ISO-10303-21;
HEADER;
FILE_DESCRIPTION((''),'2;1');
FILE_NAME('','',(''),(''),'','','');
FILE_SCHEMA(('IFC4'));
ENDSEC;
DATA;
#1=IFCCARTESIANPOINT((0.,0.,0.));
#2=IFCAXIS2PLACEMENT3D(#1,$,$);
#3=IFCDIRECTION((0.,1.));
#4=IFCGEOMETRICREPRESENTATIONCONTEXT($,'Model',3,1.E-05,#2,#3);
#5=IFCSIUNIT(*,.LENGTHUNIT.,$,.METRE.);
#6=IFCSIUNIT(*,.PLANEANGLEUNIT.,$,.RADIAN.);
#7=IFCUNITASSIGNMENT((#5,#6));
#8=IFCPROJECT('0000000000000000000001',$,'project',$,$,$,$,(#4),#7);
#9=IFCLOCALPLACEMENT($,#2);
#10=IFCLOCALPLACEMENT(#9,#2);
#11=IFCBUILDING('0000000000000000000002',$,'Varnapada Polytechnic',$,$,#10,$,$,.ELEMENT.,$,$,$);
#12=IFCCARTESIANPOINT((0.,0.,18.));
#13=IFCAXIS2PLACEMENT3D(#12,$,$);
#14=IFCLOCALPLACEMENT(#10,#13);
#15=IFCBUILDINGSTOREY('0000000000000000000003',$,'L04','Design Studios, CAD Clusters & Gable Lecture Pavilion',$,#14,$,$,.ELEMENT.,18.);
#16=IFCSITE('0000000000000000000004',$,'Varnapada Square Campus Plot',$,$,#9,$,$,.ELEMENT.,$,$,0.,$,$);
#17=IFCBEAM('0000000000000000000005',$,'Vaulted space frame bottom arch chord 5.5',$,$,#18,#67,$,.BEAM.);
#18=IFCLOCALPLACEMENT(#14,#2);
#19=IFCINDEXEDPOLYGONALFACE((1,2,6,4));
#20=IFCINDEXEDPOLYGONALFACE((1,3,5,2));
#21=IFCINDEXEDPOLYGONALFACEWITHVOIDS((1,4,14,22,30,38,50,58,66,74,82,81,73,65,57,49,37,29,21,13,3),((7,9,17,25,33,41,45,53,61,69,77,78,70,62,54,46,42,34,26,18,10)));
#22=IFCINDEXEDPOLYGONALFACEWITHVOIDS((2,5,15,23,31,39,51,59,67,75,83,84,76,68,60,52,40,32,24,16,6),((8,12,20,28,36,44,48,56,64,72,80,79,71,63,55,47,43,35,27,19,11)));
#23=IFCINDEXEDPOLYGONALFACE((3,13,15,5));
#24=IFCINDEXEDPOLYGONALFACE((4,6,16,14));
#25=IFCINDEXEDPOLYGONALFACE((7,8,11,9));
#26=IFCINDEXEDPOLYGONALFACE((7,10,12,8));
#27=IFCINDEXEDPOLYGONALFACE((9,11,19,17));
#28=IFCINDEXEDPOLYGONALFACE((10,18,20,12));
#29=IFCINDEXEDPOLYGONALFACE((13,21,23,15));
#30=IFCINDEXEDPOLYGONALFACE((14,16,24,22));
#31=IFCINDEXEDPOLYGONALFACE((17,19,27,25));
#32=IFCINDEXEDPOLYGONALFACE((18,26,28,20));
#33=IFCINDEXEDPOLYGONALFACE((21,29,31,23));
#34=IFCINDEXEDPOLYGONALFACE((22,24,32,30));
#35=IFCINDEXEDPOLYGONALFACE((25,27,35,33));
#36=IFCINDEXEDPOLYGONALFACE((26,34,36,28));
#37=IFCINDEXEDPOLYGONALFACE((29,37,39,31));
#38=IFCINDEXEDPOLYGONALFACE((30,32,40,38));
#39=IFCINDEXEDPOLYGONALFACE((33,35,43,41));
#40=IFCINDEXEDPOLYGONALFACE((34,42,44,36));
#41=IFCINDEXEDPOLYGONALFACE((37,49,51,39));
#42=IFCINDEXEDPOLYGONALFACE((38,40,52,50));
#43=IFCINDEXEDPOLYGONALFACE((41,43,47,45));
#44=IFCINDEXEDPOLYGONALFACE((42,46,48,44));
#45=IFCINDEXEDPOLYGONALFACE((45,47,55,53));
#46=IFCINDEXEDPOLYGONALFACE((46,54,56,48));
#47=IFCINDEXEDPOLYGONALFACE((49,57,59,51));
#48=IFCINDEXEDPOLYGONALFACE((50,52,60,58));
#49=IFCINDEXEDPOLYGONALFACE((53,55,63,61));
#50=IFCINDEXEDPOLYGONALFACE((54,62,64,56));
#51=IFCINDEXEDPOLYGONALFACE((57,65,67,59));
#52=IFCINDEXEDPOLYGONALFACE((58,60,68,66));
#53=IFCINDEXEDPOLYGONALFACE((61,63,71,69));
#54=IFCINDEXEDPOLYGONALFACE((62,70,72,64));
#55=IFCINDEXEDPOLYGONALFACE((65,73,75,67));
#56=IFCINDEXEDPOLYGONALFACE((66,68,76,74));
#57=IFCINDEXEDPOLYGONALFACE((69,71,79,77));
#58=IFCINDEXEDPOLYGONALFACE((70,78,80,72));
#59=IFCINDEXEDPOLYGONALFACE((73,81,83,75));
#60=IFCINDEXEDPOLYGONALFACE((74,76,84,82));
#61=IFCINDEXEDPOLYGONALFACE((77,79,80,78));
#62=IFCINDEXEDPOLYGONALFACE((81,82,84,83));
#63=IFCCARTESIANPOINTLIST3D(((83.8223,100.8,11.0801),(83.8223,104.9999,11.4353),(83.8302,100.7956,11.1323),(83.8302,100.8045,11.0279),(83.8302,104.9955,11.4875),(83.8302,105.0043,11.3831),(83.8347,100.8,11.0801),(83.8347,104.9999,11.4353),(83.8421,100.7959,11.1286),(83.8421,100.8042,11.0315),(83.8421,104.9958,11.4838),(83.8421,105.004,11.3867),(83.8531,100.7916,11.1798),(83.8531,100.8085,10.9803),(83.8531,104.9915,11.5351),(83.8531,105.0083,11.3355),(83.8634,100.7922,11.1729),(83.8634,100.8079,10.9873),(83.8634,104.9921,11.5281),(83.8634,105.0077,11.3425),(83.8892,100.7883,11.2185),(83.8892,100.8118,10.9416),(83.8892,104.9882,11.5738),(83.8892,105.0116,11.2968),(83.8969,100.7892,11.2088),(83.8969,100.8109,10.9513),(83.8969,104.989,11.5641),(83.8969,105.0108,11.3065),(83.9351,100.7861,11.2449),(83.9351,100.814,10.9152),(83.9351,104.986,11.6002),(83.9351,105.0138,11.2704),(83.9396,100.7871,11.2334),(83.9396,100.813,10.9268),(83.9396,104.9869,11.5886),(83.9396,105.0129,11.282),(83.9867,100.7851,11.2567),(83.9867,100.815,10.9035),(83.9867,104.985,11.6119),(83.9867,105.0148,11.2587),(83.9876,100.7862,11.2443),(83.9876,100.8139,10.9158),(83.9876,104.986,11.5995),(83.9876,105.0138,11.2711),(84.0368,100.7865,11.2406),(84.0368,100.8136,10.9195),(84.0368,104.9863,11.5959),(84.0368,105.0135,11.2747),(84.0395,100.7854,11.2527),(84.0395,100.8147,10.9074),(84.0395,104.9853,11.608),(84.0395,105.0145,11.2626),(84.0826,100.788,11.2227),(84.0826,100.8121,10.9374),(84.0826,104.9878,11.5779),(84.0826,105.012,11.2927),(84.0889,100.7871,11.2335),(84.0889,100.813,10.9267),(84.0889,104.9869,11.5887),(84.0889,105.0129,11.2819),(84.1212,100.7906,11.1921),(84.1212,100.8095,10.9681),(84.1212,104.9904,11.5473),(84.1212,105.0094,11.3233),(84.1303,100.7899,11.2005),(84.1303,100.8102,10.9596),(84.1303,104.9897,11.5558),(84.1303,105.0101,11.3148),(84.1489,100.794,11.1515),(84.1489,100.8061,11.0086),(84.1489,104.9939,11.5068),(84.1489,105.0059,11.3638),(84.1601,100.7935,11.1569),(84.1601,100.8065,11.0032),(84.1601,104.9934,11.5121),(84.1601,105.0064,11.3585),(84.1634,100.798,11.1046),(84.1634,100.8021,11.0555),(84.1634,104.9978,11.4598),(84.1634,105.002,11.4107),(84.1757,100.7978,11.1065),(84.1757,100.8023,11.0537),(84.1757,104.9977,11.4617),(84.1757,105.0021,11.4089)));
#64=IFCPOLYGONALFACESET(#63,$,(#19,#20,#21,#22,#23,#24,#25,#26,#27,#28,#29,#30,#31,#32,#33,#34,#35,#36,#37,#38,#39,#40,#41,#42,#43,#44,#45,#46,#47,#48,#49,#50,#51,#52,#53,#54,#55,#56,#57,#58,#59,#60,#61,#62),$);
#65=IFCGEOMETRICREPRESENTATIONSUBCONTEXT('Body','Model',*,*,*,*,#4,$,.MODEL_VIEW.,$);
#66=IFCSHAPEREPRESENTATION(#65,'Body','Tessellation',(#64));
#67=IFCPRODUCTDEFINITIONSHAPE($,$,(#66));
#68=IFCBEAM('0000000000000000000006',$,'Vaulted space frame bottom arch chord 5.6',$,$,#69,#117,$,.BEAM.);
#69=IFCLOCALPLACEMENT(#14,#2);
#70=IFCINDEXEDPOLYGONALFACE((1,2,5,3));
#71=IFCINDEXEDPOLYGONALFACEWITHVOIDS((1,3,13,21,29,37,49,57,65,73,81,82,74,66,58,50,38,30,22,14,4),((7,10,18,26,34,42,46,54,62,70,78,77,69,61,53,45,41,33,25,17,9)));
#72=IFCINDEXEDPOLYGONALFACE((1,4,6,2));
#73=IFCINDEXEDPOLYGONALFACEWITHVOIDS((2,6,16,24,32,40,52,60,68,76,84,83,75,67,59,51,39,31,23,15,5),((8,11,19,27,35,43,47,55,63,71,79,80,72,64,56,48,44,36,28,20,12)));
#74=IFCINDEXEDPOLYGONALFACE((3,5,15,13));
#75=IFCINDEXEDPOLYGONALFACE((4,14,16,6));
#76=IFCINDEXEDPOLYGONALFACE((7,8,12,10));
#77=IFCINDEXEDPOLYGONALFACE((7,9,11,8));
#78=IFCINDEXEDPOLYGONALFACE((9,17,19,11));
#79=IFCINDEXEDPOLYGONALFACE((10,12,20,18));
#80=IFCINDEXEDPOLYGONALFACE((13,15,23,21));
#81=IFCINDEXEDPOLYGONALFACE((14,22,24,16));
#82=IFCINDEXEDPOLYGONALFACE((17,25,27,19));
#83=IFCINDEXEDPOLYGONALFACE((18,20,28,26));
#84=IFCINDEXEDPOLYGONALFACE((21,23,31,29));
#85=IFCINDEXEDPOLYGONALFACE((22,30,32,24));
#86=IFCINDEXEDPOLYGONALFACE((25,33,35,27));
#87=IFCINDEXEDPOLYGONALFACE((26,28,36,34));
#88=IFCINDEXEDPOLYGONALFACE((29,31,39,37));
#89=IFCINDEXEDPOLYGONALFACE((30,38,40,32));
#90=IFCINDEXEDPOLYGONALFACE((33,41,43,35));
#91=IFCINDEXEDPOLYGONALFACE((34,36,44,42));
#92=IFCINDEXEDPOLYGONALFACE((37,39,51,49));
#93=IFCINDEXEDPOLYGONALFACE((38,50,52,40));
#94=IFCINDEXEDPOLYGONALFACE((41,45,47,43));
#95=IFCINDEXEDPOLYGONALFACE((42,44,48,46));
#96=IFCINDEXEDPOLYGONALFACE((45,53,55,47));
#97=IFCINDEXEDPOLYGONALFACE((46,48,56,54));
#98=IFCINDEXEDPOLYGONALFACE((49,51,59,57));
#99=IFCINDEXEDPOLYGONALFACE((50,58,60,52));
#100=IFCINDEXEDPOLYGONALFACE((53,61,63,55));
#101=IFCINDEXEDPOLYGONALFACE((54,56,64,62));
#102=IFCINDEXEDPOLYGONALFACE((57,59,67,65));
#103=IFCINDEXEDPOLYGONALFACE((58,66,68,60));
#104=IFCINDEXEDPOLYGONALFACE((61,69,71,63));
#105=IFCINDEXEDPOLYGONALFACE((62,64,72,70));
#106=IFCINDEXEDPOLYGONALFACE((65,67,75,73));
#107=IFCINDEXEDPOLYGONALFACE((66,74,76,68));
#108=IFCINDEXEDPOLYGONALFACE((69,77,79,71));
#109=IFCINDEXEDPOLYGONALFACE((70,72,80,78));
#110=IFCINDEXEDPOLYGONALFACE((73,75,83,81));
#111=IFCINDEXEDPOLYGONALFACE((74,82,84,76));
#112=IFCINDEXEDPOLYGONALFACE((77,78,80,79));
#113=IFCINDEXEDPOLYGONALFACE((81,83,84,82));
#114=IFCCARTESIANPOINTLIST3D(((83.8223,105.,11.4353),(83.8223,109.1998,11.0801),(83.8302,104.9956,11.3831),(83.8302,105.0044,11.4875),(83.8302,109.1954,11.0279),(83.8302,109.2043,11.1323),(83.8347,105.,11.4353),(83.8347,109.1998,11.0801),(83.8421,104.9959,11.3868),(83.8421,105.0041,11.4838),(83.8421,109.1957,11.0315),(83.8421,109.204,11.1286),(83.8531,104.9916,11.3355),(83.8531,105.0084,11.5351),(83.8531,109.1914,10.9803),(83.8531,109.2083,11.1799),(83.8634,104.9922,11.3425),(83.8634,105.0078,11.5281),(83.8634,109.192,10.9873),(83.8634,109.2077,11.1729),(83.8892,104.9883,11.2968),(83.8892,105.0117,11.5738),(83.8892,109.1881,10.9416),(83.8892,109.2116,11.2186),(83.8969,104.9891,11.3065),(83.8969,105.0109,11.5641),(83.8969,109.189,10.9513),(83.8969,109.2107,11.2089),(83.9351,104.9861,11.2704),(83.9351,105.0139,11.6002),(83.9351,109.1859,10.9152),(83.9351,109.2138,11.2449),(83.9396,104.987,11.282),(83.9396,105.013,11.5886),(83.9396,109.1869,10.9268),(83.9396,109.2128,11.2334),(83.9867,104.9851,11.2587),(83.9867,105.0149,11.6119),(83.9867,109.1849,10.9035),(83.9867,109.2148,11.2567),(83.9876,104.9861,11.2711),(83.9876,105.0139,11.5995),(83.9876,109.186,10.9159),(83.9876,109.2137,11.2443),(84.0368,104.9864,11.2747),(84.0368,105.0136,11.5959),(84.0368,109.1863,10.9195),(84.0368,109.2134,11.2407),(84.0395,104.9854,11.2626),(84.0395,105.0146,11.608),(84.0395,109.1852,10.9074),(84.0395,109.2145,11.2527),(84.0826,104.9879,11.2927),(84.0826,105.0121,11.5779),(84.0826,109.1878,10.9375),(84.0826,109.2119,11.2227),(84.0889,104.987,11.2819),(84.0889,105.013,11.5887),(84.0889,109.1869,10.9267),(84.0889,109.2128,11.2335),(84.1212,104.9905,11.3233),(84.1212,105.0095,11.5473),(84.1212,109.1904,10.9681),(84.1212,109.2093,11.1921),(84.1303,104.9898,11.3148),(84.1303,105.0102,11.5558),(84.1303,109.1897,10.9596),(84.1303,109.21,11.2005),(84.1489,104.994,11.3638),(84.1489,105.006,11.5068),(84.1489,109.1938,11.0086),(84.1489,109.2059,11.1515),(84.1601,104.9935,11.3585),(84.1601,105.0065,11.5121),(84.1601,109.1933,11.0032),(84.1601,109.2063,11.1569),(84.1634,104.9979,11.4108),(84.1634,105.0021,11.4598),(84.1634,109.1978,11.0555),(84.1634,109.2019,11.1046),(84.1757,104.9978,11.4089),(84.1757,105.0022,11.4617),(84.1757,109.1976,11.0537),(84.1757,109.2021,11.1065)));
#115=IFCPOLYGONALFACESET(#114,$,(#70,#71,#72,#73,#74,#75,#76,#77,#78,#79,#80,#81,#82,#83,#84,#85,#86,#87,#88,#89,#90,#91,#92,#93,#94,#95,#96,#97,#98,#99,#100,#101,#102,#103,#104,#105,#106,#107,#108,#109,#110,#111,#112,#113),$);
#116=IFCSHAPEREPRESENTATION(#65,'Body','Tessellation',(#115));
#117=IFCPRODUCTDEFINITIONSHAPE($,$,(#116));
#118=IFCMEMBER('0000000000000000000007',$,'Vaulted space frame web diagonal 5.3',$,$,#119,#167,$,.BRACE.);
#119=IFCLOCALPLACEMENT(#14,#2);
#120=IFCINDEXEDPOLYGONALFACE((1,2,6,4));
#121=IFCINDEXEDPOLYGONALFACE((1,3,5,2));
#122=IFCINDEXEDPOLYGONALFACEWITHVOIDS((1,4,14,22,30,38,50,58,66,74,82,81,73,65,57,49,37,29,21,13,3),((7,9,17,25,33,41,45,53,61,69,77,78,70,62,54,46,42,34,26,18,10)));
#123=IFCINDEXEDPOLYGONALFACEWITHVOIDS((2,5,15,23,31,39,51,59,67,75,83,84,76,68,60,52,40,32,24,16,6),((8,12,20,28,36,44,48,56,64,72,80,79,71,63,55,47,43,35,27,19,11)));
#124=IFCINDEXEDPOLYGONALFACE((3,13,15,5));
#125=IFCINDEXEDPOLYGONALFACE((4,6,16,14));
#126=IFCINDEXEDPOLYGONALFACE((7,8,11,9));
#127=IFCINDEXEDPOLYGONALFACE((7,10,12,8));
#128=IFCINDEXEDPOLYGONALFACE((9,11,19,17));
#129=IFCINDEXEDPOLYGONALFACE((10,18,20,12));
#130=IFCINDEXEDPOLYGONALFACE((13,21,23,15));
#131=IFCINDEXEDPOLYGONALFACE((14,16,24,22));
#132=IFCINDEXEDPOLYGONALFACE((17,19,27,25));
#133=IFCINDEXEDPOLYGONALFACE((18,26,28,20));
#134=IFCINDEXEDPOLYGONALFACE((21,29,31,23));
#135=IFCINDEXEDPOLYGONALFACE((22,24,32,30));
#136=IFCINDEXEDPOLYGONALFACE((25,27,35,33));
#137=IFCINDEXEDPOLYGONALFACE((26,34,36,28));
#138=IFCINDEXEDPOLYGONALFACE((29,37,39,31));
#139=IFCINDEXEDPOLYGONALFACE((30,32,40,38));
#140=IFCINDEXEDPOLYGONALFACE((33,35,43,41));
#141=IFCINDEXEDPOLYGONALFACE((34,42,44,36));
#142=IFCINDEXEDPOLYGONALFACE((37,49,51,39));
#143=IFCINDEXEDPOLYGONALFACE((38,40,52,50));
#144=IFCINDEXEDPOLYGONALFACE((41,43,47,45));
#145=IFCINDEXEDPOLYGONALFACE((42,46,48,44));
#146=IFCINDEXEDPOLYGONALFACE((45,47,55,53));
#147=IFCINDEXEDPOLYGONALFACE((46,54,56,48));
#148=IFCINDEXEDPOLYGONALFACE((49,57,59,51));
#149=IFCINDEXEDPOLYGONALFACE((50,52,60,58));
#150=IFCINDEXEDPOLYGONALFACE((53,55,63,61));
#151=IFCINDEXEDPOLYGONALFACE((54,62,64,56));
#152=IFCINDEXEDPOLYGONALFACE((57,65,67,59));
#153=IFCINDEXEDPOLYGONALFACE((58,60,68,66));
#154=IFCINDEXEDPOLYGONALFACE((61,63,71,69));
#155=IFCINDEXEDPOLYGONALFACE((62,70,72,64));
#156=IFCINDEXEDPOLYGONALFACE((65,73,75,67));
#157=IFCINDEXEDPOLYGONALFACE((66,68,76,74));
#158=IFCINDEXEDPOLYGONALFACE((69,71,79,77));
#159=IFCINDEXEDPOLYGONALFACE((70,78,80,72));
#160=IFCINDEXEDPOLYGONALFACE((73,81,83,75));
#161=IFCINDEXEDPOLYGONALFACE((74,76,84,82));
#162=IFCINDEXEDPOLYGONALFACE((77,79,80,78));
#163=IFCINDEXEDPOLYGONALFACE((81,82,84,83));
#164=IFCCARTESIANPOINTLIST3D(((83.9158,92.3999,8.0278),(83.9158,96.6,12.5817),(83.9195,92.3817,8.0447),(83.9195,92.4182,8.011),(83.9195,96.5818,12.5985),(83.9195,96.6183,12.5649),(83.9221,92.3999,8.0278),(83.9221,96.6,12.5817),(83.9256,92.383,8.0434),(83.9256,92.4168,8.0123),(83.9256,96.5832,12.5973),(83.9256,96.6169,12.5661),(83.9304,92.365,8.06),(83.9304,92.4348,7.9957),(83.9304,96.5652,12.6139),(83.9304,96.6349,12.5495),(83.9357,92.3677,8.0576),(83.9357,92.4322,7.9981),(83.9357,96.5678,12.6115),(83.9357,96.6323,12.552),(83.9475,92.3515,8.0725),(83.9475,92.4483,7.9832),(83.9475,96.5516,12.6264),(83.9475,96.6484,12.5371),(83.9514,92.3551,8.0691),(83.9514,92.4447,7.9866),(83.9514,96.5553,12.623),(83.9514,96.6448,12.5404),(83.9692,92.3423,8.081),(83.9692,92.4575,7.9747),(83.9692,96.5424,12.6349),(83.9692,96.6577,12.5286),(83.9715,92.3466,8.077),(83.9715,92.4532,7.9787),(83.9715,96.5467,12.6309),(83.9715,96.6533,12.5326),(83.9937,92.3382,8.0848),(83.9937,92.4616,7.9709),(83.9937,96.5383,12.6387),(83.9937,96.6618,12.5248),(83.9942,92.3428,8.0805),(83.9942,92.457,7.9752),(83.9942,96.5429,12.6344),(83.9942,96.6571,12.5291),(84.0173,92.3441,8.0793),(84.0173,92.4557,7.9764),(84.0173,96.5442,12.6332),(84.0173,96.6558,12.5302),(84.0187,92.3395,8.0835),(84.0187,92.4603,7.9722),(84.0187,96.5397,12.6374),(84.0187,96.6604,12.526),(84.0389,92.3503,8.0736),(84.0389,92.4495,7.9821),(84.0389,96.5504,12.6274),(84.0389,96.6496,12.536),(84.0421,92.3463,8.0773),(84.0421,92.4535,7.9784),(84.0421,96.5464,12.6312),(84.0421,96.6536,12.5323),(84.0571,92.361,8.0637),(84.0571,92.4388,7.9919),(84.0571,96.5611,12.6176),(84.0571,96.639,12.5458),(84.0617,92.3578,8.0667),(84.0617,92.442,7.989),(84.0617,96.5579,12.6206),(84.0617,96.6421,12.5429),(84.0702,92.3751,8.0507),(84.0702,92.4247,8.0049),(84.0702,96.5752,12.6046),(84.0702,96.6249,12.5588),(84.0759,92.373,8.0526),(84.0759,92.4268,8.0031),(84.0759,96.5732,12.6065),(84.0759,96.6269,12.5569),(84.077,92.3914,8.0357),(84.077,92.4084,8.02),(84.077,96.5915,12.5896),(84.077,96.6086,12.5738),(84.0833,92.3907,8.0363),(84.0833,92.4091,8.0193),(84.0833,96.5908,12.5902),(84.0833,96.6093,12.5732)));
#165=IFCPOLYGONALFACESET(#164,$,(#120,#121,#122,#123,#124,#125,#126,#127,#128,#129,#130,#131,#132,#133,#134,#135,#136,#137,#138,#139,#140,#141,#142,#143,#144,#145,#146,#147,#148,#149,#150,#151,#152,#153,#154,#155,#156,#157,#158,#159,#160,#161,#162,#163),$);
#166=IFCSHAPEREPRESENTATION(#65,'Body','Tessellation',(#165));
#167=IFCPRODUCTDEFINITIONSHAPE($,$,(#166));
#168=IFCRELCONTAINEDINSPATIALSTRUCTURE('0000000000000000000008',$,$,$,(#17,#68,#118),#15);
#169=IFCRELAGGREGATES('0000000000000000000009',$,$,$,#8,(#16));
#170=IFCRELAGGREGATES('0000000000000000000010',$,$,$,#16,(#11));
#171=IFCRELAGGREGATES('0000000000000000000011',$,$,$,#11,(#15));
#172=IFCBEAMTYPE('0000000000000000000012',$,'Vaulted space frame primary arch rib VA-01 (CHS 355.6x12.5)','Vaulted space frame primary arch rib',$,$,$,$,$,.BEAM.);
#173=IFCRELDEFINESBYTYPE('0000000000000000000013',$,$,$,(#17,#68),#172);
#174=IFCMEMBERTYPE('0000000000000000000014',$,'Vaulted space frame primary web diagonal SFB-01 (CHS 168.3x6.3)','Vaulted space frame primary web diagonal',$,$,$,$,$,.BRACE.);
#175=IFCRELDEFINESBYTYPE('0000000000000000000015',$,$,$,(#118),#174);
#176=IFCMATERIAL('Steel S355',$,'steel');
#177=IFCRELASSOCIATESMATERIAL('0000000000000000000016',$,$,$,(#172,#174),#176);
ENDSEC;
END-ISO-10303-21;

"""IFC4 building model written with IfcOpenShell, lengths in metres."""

from ifc_helpers import new_model, si_unit, direction, frame, origin, origin_2d, place, context, subcontext, project, spatial, hollow_circle, extrude, material, material_profile, profile_set, type_object, element, save


model = new_model("IFC4")

# Units and contexts
model_context = context("Model", 3, precision=1e-05, world=origin(), true_north=direction((0.0, 1.0)))
body_context = subcontext(model_context, "Body", "Model", "MODEL_VIEW")
ifc_project = project(units=[si_unit("LENGTHUNIT", "METRE"), si_unit("PLANEANGLEUNIT", "RADIAN")], contexts=[model_context])

# Site, building, storey
site_placement = place(None, origin())
site = spatial("IfcSite", under=ifc_project, at=site_placement, Name="Varnapada Square Campus Plot", CompositionType="ELEMENT", RefElevation=0.0)
building_placement = place(site_placement, origin())
building = spatial("IfcBuilding", under=site, at=building_placement, Name="Varnapada Polytechnic", CompositionType="ELEMENT")
storey_placement = place(building_placement, frame((0.0, 0.0, 18.0)))
storey = spatial("IfcBuildingStorey", under=building, at=storey_placement, Name="L04", Description="Design Studios, CAD Clusters & Gable Lecture Pavilion", CompositionType="ELEMENT", Elevation=18.0)

# Shared definitions
ifc_material = material(Name="Steel S355", Category="steel")

# Beams
ifc_material_profile_1 = material_profile(ifc_material, hollow_circle(Radius=0.1777, WallThickness=0.0125, at=origin_2d()), Name="CHS 355.6x12.5")
ifc_profile_set_1 = profile_set([ifc_material_profile_1], Name="Steel S355")
beam_type_1 = type_object("IfcBeamType", Name="Vaulted space frame primary arch rib VA-01 (CHS 355.6x12.5)", Description="Vaulted space frame primary arch rib", PredefinedType="BEAM", material=ifc_profile_set_1)
for number, where, z_axis, x_axis, name in (
    (1, (84.0, 100.8, 11.0801), (0.0, 0.996442, 0.084277), (-1.0, 0.0, 0.0), "Vaulted space frame bottom arch chord 5.5"),
    (2, (84.0, 105.0, 11.4353), (0.0, 0.996442, -0.084277), (-1.0, 0.0, 0.0), "Vaulted space frame bottom arch chord 5.6"),
):
    element("IfcBeam", number, at=place(storey_placement, frame(where, z_axis=z_axis, x_axis=x_axis)), inside=storey, type_object=beam_type_1, Name=name, PredefinedType="BEAM", context=body_context, shape_type="SweptSolid", body=[
        extrude(hollow_circle(Radius=0.1777, WallThickness=0.0125, at=origin_2d()), origin(), (0.0, 0.0, 1.0), 4.2148),
    ])

# Member
ifc_material_profile_2 = material_profile(ifc_material, hollow_circle(Radius=0.0842, WallThickness=0.0063, at=origin_2d()), Name="CHS 168.3x6.3")
ifc_profile_set_2 = profile_set([ifc_material_profile_2], Name="Steel S355")
member_type_1 = type_object("IfcMemberType", Name="Vaulted space frame primary web diagonal SFB-01 (CHS 168.3x6.3)", Description="Vaulted space frame primary web diagonal", PredefinedType="BRACE", material=ifc_profile_set_2)
member_1_placement = place(storey_placement, frame((84.0, 92.3999, 8.0278), z_axis=(0.0, 0.677979, 0.735081), x_axis=(-1.0, 0.0, 0.0)))
element("IfcMember", 3, at=member_1_placement, inside=storey, type_object=member_type_1, Name="Vaulted space frame web diagonal 5.3", PredefinedType="BRACE", context=body_context, shape_type="SweptSolid", body=[
    extrude(hollow_circle(Radius=0.0842, WallThickness=0.0063, at=origin_2d()), origin(), (0.0, 0.0, 1.0), 6.1951),
])

save(model, "model.ifc")
